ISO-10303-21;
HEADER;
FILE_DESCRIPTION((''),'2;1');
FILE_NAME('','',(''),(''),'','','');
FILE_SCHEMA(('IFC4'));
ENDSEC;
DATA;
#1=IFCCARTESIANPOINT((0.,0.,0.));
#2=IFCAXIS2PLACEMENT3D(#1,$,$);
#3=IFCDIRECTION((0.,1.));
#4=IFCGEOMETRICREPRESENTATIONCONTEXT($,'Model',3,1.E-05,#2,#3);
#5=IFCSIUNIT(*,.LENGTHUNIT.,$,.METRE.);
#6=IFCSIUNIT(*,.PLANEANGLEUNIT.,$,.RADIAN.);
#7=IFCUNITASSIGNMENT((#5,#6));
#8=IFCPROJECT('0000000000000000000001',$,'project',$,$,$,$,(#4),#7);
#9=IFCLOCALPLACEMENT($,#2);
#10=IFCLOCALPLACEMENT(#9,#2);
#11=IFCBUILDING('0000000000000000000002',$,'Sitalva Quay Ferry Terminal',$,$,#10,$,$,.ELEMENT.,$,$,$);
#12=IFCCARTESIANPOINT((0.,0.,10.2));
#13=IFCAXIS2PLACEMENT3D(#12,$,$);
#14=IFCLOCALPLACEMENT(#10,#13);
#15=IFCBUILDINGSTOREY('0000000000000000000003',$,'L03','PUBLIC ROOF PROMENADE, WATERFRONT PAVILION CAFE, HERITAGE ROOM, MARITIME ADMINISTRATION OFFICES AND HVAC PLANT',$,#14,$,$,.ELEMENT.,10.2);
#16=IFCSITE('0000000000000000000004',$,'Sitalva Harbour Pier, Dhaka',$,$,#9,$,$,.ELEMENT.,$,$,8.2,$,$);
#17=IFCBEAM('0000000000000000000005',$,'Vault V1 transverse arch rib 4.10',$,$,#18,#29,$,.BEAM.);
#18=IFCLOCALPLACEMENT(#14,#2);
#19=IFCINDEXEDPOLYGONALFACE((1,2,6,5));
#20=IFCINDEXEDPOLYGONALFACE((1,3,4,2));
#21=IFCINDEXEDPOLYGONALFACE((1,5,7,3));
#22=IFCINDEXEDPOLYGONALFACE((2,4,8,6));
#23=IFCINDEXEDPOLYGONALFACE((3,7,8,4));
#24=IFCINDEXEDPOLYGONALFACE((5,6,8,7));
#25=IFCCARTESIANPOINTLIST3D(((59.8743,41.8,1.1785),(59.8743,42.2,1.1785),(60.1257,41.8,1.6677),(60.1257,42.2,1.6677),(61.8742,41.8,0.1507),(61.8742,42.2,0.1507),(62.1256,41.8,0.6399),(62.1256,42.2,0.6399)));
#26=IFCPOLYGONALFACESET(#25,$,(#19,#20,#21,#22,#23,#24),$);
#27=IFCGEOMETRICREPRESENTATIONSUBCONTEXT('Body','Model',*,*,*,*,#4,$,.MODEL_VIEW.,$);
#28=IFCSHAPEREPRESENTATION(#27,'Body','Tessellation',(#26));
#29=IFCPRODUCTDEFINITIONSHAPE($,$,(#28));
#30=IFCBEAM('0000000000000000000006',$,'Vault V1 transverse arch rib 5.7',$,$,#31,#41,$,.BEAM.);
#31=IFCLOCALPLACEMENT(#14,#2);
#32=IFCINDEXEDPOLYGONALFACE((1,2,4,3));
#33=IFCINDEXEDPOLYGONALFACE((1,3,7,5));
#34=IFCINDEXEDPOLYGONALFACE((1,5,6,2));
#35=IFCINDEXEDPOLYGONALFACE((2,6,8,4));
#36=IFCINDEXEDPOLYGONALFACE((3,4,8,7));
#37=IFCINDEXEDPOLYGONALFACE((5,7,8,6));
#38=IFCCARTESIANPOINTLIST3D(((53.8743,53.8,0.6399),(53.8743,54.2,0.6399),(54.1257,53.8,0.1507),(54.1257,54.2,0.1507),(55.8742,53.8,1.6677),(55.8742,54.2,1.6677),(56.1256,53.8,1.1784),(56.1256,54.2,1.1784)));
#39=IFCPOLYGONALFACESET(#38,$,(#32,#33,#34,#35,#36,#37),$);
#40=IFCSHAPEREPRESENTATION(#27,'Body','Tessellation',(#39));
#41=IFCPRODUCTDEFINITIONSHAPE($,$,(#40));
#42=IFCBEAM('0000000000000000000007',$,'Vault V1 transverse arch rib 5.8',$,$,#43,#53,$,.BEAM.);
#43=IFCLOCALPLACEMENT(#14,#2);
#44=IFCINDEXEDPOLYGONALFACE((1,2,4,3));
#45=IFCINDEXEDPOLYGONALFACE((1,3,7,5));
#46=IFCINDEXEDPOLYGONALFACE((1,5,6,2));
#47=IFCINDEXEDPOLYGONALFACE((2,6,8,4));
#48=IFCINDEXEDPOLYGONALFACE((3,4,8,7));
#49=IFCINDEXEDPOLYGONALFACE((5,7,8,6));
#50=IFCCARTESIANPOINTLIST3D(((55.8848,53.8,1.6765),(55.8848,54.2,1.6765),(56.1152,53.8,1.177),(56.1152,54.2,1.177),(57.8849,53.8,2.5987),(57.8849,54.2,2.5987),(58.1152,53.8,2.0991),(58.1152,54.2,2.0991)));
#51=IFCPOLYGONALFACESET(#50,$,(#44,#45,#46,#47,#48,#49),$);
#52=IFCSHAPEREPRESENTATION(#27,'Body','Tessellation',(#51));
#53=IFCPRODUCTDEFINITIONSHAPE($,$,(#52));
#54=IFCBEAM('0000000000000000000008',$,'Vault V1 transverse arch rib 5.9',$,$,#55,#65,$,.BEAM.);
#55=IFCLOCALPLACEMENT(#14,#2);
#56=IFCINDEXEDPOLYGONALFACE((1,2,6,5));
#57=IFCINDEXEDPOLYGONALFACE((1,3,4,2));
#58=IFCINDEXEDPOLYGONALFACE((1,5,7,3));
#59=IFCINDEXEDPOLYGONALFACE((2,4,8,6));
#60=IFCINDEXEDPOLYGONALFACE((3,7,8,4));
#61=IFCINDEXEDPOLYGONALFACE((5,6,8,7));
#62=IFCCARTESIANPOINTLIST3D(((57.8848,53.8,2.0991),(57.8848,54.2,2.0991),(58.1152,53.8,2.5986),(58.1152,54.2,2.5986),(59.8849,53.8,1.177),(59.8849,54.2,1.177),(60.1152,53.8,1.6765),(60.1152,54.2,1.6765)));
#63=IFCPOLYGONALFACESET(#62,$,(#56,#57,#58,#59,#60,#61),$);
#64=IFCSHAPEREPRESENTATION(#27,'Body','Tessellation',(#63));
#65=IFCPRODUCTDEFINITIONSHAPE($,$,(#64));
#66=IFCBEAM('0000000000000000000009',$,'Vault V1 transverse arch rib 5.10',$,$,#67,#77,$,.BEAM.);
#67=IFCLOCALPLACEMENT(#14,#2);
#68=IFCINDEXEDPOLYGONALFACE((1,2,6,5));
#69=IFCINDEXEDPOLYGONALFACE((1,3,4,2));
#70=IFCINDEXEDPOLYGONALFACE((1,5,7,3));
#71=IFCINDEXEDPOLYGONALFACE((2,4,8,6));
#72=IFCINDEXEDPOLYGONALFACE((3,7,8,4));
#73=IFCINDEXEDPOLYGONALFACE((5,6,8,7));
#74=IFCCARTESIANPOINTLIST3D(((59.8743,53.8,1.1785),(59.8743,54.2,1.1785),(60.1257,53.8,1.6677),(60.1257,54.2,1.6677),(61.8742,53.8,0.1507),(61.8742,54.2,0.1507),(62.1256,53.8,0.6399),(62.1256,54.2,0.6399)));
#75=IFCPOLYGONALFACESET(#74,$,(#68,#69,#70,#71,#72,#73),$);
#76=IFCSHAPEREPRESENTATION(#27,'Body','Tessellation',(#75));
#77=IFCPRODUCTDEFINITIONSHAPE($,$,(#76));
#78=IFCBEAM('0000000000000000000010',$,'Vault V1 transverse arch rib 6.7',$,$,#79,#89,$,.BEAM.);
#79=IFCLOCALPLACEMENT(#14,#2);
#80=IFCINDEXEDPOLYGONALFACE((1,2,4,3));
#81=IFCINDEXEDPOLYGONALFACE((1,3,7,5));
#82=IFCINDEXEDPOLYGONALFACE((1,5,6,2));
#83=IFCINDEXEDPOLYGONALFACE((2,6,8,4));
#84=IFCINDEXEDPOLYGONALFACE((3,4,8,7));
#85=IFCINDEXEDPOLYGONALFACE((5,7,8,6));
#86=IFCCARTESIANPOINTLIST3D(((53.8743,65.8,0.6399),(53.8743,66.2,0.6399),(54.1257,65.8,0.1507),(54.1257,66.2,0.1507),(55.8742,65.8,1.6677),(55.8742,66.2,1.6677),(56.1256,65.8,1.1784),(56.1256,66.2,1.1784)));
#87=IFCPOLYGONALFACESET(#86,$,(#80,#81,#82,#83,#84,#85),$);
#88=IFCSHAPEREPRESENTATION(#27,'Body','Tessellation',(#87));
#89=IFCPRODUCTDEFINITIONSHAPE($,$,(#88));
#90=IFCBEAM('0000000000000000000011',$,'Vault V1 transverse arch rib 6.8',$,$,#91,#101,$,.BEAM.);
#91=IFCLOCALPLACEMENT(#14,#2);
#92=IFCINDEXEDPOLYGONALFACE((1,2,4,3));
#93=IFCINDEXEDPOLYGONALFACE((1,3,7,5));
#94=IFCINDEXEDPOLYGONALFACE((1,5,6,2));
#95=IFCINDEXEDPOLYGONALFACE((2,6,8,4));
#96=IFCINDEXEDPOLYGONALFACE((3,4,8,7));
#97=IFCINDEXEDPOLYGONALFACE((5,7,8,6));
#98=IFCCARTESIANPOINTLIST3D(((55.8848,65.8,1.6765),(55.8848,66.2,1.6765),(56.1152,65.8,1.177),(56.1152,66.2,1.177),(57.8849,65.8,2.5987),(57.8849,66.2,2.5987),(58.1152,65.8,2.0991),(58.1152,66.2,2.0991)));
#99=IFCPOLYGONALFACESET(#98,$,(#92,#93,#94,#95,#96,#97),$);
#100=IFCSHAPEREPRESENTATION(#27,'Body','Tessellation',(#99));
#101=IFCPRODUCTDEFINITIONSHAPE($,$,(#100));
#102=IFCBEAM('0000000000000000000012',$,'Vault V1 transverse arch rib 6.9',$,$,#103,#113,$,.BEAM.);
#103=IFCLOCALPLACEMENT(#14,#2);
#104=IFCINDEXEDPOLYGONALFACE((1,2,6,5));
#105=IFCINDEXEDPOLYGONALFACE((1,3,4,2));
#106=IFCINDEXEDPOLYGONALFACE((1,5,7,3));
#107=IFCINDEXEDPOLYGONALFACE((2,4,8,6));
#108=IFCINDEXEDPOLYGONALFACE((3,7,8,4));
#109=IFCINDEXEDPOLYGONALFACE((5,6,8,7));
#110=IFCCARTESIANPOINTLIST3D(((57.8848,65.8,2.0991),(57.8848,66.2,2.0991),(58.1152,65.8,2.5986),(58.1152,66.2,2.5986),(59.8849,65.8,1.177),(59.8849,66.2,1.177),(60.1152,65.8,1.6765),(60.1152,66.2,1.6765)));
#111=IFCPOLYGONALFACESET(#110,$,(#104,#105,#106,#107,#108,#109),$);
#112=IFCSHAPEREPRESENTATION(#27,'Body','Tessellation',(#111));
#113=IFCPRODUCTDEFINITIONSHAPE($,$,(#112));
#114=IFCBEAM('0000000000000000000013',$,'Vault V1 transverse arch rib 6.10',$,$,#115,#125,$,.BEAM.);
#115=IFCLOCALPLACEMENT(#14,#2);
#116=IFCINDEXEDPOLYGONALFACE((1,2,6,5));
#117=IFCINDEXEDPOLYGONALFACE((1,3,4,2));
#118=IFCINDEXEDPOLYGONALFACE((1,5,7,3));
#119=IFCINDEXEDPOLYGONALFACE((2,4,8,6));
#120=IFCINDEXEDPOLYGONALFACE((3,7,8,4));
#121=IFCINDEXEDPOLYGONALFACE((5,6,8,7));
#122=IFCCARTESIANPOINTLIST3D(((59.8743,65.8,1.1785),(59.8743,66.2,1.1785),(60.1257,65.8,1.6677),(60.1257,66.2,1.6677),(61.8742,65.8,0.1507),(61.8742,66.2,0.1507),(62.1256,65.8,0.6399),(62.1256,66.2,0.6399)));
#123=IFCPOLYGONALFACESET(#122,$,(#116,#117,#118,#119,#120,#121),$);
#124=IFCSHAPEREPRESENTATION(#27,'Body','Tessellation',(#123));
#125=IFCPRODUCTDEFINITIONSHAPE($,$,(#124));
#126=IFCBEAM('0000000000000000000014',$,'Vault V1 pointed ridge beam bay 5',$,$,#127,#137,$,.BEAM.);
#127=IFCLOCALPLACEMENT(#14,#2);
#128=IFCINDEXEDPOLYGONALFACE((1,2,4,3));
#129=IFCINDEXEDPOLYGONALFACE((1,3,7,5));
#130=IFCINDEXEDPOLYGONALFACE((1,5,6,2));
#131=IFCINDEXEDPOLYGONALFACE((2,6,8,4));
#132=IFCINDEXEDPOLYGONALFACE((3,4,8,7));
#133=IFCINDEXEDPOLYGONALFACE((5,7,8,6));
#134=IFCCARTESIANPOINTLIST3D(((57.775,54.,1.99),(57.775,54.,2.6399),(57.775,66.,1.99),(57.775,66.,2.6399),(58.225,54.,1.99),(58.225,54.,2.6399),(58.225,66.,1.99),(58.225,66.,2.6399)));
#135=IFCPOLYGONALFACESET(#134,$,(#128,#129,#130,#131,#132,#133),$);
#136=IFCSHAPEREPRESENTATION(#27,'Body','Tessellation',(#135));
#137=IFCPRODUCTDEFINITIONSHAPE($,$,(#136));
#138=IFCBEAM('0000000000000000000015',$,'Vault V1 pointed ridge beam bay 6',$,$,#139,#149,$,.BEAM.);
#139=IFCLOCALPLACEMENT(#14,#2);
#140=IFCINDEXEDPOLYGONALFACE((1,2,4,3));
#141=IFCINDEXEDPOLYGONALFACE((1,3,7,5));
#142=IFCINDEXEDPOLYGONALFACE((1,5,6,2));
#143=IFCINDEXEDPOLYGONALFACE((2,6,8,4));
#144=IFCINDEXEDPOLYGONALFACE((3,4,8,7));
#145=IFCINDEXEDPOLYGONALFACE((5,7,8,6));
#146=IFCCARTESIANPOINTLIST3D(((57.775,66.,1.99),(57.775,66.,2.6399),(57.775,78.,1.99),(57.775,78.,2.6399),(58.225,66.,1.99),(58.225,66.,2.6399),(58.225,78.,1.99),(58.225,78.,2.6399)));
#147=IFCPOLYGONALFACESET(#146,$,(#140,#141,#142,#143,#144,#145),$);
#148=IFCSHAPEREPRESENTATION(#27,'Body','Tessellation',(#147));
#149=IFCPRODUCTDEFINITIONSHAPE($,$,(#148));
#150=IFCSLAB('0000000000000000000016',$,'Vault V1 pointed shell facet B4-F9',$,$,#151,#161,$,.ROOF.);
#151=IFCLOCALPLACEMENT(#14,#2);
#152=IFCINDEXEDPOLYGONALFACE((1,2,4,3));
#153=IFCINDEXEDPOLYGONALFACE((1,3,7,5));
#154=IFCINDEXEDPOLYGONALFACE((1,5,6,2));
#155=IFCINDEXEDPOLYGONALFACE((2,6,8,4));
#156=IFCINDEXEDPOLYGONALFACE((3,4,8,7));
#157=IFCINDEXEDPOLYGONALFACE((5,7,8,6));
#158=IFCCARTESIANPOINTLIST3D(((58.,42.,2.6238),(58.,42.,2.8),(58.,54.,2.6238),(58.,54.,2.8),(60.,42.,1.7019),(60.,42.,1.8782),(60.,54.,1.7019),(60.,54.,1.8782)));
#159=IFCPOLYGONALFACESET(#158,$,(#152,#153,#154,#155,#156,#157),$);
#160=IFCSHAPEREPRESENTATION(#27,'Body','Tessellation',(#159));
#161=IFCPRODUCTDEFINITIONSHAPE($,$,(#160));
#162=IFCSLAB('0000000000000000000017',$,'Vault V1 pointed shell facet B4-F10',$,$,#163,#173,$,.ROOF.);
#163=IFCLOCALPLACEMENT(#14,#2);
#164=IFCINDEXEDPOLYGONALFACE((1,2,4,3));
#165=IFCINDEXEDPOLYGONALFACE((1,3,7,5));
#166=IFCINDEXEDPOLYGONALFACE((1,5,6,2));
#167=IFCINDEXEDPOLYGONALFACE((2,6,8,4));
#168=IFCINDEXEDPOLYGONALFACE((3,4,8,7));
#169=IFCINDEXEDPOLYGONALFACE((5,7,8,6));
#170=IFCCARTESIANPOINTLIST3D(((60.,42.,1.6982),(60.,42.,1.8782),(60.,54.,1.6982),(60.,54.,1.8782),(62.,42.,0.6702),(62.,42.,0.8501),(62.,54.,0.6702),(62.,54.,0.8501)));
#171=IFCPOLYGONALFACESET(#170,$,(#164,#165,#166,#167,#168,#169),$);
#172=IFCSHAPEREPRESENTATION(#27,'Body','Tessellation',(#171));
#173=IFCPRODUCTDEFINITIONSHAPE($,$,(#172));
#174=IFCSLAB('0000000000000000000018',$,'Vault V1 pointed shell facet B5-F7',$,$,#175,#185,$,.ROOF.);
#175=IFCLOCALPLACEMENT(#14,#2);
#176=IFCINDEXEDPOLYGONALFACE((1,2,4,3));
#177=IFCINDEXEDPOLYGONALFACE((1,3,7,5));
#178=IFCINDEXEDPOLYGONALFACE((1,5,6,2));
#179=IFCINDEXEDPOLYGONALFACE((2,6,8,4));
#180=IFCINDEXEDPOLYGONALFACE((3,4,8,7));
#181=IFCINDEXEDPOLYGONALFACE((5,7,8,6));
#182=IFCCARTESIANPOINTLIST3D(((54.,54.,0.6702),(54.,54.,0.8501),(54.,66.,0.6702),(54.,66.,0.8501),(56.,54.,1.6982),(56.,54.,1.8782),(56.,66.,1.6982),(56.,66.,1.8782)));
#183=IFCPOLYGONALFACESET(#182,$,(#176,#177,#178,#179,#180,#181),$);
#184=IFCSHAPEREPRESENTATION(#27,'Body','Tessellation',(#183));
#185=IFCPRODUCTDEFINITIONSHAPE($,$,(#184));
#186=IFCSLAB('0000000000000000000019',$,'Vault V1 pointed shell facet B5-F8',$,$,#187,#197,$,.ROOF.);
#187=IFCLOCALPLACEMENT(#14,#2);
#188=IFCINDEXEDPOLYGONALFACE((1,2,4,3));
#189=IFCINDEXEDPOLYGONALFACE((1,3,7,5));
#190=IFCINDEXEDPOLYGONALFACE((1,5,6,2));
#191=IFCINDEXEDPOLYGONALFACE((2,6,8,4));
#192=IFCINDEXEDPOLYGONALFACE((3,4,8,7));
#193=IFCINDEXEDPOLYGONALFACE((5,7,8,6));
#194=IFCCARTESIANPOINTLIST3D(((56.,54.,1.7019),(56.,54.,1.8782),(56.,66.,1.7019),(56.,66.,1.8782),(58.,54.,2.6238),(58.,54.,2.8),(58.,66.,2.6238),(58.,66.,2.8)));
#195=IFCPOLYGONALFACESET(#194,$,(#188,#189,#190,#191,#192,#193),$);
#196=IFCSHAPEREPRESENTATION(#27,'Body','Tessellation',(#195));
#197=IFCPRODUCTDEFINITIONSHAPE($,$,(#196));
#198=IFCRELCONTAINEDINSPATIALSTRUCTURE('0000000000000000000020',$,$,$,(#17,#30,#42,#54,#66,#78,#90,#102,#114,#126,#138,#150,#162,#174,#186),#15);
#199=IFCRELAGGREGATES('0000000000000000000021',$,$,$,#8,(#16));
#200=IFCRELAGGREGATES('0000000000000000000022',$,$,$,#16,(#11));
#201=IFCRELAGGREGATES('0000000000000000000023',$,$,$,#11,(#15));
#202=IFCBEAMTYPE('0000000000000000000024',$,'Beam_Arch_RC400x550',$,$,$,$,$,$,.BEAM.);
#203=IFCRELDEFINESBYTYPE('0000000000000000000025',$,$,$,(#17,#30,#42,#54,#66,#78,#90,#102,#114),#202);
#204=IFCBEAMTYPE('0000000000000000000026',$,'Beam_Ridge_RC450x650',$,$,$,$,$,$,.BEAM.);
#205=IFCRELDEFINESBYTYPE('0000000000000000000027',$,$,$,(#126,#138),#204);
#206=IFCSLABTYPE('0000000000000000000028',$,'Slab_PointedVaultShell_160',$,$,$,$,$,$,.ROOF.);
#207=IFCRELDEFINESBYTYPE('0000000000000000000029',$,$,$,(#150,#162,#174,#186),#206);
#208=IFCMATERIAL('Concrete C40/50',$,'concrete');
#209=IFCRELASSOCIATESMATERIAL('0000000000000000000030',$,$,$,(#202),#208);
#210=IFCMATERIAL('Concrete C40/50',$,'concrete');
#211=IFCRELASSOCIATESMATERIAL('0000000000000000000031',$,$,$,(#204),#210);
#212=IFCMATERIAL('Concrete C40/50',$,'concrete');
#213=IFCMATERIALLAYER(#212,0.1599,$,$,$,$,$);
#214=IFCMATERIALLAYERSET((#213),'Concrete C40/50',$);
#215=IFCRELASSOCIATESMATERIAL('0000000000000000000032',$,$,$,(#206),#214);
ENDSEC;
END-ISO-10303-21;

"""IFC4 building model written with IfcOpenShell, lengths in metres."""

from ifc_helpers import new_model, si_unit, direction, frame, origin, origin_2d, place, context, subcontext, project, spatial, polyline, rectangle, outline, extrude, material, layer, layer_set, material_profile, profile_set, type_object, element, save


model = new_model("IFC4")

# Units and contexts
model_context = context("Model", 3, precision=1e-05, world=origin(), true_north=direction((0.0, 1.0)))
body_context = subcontext(model_context, "Body", "Model", "MODEL_VIEW")
ifc_project = project(units=[si_unit("LENGTHUNIT", "METRE"), si_unit("PLANEANGLEUNIT", "RADIAN")], contexts=[model_context])

# Site, building, storey
site_placement = place(None, origin())
site = spatial("IfcSite", under=ifc_project, at=site_placement, Name="Sitalva Harbour Pier, Dhaka", CompositionType="ELEMENT", RefElevation=8.2)
building_placement = place(site_placement, origin())
building = spatial("IfcBuilding", under=site, at=building_placement, Name="Sitalva Quay Ferry Terminal", CompositionType="ELEMENT")
storey_placement = place(building_placement, frame((0.0, 0.0, 10.2)))
storey = spatial("IfcBuildingStorey", under=building, at=storey_placement, Name="L03", Description="PUBLIC ROOF PROMENADE, WATERFRONT PAVILION CAFE, HERITAGE ROOM, MARITIME ADMINISTRATION OFFICES AND HVAC PLANT", CompositionType="ELEMENT", Elevation=10.2)

# Beams
ifc_material_1 = material(Name="Concrete C40/50", Category="concrete")
ifc_material_profile_1 = material_profile(ifc_material_1, rectangle(XDim=0.3999, YDim=0.55, at=origin_2d()), Name="RC400x550")
ifc_profile_set_1 = profile_set([ifc_material_profile_1], Name="Concrete C40/50")
beam_type_1 = type_object("IfcBeamType", Name="Beam_Arch_RC400x550", PredefinedType="BEAM", material=ifc_profile_set_1)
for number, where, z_axis, x_axis, name in (
    (1, (60.0, 42.0, 1.4231), (0.889421, 0.0, -0.457088), (0.0, 1.0, 0.0), "Vault V1 transverse arch rib 4.10"),
    (2, (54.0, 54.0, 0.3953), (0.889421, 0.0, 0.457088), (0.0, 1.0, 0.0), "Vault V1 transverse arch rib 5.7"),
):
    element("IfcBeam", number, at=place(storey_placement, frame(where, z_axis=z_axis, x_axis=x_axis)), inside=storey, type_object=beam_type_1, Name=name, PredefinedType="BEAM", context=body_context, shape_type="SweptSolid", body=[
        extrude(rectangle(XDim=0.3999, YDim=0.55, at=origin_2d()), origin(), (0.0, 0.0, 1.0), 2.2485),
    ])
for number, where, z_axis, x_axis, name in (
    (3, (56.0, 54.0, 1.4268), (0.908125, 0.0, 0.4187), (0.0, 1.0, 0.0), "Vault V1 transverse arch rib 5.8"),
    (4, (58.0, 54.0, 2.3489), (0.908125, 0.0, -0.4187), (0.0, 1.0, 0.0), "Vault V1 transverse arch rib 5.9"),
):
    element("IfcBeam", number, at=place(storey_placement, frame(where, z_axis=z_axis, x_axis=x_axis)), inside=storey, type_object=beam_type_1, Name=name, PredefinedType="BEAM", context=body_context, shape_type="SweptSolid", body=[
        extrude(rectangle(XDim=0.3999, YDim=0.55, at=origin_2d()), origin(), (0.0, 0.0, 1.0), 2.2024),
    ])
for number, where, z_axis, x_axis, name in (
    (5, (60.0, 54.0, 1.4231), (0.889421, 0.0, -0.457088), (0.0, 1.0, 0.0), "Vault V1 transverse arch rib 5.10"),
    (6, (54.0, 66.0, 0.3953), (0.889421, 0.0, 0.457088), (0.0, 1.0, 0.0), "Vault V1 transverse arch rib 6.7"),
):
    element("IfcBeam", number, at=place(storey_placement, frame(where, z_axis=z_axis, x_axis=x_axis)), inside=storey, type_object=beam_type_1, Name=name, PredefinedType="BEAM", context=body_context, shape_type="SweptSolid", body=[
        extrude(rectangle(XDim=0.3999, YDim=0.55, at=origin_2d()), origin(), (0.0, 0.0, 1.0), 2.2485),
    ])
for number, where, z_axis, x_axis, name in (
    (7, (56.0, 66.0, 1.4268), (0.908125, 0.0, 0.4187), (0.0, 1.0, 0.0), "Vault V1 transverse arch rib 6.8"),
    (8, (58.0, 66.0, 2.3489), (0.908125, 0.0, -0.4187), (0.0, 1.0, 0.0), "Vault V1 transverse arch rib 6.9"),
):
    element("IfcBeam", number, at=place(storey_placement, frame(where, z_axis=z_axis, x_axis=x_axis)), inside=storey, type_object=beam_type_1, Name=name, PredefinedType="BEAM", context=body_context, shape_type="SweptSolid", body=[
        extrude(rectangle(XDim=0.3999, YDim=0.55, at=origin_2d()), origin(), (0.0, 0.0, 1.0), 2.2024),
    ])
beam_placement = place(storey_placement, frame((60.0, 66.0, 1.4231), z_axis=(0.889421, 0.0, -0.457088), x_axis=(0.0, 1.0, 0.0)))
element("IfcBeam", 9, at=beam_placement, inside=storey, type_object=beam_type_1, Name="Vault V1 transverse arch rib 6.10", PredefinedType="BEAM", context=body_context, shape_type="SweptSolid", body=[
    extrude(rectangle(XDim=0.3999, YDim=0.55, at=origin_2d()), origin(), (0.0, 0.0, 1.0), 2.2485),
])
ifc_material_2 = material(Name="Concrete C40/50", Category="concrete")
ifc_material_profile_2 = material_profile(ifc_material_2, rectangle(XDim=0.45, YDim=0.6499, at=origin_2d()), Name="RC450x650")
ifc_profile_set_2 = profile_set([ifc_material_profile_2], Name="Concrete C40/50")
beam_type_2 = type_object("IfcBeamType", Name="Beam_Ridge_RC450x650", PredefinedType="BEAM", material=ifc_profile_set_2)
for number, where, z_axis, x_axis, name in (
    (10, (58.0, 54.0, 2.3149), (0.0, 1.0, 0.0), (-1.0, 0.0, 0.0), "Vault V1 pointed ridge beam bay 5"),
    (11, (58.0, 66.0, 2.3149), (0.0, 1.0, 0.0), (-1.0, 0.0, 0.0), "Vault V1 pointed ridge beam bay 6"),
):
    element("IfcBeam", number, at=place(storey_placement, frame(where, z_axis=z_axis, x_axis=x_axis)), inside=storey, type_object=beam_type_2, Name=name, PredefinedType="BEAM", context=body_context, shape_type="SweptSolid", body=[
        extrude(rectangle(XDim=0.45, YDim=0.6499, at=origin_2d()), origin(), (0.0, 0.0, 1.0), 12.0),
    ])

# Slabs
ifc_material_3 = material(Name="Concrete C40/50", Category="concrete")
ifc_layer = layer(ifc_material_3, 0.1599)
ifc_layer_set = layer_set([ifc_layer], Name="Concrete C40/50")
slab_type = type_object("IfcSlabType", Name="Slab_PointedVaultShell_160", PredefinedType="ROOF", material=ifc_layer_set)
slab_1_placement = place(storey_placement, frame((58.0, 42.0, 2.8), z_axis=(0.418608, 0.0, 0.908167), x_axis=(0.908167, 0.0, -0.418608)))
element("IfcSlab", 12, at=slab_1_placement, inside=storey, type_object=slab_type, Name="Vault V1 pointed shell facet B4-F9", PredefinedType="ROOF", context=body_context, shape_type="SweptSolid", body=[
    extrude(outline(polyline([(0.0, 0.0), (2.2022, 0.0), (2.2022, 12.0), (0.0, 12.0), (0.0, 0.0)])), origin(), (0.418608, 0.0, -0.908167), 0.1763),
])
slab_2_placement = place(storey_placement, frame((60.0, 42.0, 1.8782), z_axis=(0.457174, 0.0, 0.889377), x_axis=(0.889377, 0.0, -0.457174)))
element("IfcSlab", 13, at=slab_2_placement, inside=storey, type_object=slab_type, Name="Vault V1 pointed shell facet B4-F10", PredefinedType="ROOF", context=body_context, shape_type="SweptSolid", body=[
    extrude(outline(polyline([(0.0, 0.0), (2.2488, 0.0), (2.2488, 12.0), (0.0, 12.0), (0.0, 0.0)])), origin(), (0.457174, 0.0, -0.889377), 0.1799),
])
slab_3_placement = place(storey_placement, frame((54.0, 54.0, 0.8501), z_axis=(-0.457174, 0.0, 0.889377), x_axis=(0.889377, 0.0, 0.457174)))
element("IfcSlab", 14, at=slab_3_placement, inside=storey, type_object=slab_type, Name="Vault V1 pointed shell facet B5-F7", PredefinedType="ROOF", context=body_context, shape_type="SweptSolid", body=[
    extrude(outline(polyline([(0.0, 0.0), (2.2488, 0.0), (2.2488, 12.0), (0.0, 12.0), (0.0, 0.0)])), origin(), (-0.457174, 0.0, -0.889377), 0.1799),
])
slab_4_placement = place(storey_placement, frame((56.0, 54.0, 1.8782), z_axis=(-0.418608, 0.0, 0.908167), x_axis=(0.908167, 0.0, 0.418608)))
element("IfcSlab", 15, at=slab_4_placement, inside=storey, type_object=slab_type, Name="Vault V1 pointed shell facet B5-F8", PredefinedType="ROOF", context=body_context, shape_type="SweptSolid", body=[
    extrude(outline(polyline([(0.0, 0.0), (2.2022, 0.0), (2.2022, 12.0), (0.0, 12.0), (0.0, 0.0)])), origin(), (-0.418608, 0.0, -0.908167), 0.1763),
])

save(model, "model.ifc")
